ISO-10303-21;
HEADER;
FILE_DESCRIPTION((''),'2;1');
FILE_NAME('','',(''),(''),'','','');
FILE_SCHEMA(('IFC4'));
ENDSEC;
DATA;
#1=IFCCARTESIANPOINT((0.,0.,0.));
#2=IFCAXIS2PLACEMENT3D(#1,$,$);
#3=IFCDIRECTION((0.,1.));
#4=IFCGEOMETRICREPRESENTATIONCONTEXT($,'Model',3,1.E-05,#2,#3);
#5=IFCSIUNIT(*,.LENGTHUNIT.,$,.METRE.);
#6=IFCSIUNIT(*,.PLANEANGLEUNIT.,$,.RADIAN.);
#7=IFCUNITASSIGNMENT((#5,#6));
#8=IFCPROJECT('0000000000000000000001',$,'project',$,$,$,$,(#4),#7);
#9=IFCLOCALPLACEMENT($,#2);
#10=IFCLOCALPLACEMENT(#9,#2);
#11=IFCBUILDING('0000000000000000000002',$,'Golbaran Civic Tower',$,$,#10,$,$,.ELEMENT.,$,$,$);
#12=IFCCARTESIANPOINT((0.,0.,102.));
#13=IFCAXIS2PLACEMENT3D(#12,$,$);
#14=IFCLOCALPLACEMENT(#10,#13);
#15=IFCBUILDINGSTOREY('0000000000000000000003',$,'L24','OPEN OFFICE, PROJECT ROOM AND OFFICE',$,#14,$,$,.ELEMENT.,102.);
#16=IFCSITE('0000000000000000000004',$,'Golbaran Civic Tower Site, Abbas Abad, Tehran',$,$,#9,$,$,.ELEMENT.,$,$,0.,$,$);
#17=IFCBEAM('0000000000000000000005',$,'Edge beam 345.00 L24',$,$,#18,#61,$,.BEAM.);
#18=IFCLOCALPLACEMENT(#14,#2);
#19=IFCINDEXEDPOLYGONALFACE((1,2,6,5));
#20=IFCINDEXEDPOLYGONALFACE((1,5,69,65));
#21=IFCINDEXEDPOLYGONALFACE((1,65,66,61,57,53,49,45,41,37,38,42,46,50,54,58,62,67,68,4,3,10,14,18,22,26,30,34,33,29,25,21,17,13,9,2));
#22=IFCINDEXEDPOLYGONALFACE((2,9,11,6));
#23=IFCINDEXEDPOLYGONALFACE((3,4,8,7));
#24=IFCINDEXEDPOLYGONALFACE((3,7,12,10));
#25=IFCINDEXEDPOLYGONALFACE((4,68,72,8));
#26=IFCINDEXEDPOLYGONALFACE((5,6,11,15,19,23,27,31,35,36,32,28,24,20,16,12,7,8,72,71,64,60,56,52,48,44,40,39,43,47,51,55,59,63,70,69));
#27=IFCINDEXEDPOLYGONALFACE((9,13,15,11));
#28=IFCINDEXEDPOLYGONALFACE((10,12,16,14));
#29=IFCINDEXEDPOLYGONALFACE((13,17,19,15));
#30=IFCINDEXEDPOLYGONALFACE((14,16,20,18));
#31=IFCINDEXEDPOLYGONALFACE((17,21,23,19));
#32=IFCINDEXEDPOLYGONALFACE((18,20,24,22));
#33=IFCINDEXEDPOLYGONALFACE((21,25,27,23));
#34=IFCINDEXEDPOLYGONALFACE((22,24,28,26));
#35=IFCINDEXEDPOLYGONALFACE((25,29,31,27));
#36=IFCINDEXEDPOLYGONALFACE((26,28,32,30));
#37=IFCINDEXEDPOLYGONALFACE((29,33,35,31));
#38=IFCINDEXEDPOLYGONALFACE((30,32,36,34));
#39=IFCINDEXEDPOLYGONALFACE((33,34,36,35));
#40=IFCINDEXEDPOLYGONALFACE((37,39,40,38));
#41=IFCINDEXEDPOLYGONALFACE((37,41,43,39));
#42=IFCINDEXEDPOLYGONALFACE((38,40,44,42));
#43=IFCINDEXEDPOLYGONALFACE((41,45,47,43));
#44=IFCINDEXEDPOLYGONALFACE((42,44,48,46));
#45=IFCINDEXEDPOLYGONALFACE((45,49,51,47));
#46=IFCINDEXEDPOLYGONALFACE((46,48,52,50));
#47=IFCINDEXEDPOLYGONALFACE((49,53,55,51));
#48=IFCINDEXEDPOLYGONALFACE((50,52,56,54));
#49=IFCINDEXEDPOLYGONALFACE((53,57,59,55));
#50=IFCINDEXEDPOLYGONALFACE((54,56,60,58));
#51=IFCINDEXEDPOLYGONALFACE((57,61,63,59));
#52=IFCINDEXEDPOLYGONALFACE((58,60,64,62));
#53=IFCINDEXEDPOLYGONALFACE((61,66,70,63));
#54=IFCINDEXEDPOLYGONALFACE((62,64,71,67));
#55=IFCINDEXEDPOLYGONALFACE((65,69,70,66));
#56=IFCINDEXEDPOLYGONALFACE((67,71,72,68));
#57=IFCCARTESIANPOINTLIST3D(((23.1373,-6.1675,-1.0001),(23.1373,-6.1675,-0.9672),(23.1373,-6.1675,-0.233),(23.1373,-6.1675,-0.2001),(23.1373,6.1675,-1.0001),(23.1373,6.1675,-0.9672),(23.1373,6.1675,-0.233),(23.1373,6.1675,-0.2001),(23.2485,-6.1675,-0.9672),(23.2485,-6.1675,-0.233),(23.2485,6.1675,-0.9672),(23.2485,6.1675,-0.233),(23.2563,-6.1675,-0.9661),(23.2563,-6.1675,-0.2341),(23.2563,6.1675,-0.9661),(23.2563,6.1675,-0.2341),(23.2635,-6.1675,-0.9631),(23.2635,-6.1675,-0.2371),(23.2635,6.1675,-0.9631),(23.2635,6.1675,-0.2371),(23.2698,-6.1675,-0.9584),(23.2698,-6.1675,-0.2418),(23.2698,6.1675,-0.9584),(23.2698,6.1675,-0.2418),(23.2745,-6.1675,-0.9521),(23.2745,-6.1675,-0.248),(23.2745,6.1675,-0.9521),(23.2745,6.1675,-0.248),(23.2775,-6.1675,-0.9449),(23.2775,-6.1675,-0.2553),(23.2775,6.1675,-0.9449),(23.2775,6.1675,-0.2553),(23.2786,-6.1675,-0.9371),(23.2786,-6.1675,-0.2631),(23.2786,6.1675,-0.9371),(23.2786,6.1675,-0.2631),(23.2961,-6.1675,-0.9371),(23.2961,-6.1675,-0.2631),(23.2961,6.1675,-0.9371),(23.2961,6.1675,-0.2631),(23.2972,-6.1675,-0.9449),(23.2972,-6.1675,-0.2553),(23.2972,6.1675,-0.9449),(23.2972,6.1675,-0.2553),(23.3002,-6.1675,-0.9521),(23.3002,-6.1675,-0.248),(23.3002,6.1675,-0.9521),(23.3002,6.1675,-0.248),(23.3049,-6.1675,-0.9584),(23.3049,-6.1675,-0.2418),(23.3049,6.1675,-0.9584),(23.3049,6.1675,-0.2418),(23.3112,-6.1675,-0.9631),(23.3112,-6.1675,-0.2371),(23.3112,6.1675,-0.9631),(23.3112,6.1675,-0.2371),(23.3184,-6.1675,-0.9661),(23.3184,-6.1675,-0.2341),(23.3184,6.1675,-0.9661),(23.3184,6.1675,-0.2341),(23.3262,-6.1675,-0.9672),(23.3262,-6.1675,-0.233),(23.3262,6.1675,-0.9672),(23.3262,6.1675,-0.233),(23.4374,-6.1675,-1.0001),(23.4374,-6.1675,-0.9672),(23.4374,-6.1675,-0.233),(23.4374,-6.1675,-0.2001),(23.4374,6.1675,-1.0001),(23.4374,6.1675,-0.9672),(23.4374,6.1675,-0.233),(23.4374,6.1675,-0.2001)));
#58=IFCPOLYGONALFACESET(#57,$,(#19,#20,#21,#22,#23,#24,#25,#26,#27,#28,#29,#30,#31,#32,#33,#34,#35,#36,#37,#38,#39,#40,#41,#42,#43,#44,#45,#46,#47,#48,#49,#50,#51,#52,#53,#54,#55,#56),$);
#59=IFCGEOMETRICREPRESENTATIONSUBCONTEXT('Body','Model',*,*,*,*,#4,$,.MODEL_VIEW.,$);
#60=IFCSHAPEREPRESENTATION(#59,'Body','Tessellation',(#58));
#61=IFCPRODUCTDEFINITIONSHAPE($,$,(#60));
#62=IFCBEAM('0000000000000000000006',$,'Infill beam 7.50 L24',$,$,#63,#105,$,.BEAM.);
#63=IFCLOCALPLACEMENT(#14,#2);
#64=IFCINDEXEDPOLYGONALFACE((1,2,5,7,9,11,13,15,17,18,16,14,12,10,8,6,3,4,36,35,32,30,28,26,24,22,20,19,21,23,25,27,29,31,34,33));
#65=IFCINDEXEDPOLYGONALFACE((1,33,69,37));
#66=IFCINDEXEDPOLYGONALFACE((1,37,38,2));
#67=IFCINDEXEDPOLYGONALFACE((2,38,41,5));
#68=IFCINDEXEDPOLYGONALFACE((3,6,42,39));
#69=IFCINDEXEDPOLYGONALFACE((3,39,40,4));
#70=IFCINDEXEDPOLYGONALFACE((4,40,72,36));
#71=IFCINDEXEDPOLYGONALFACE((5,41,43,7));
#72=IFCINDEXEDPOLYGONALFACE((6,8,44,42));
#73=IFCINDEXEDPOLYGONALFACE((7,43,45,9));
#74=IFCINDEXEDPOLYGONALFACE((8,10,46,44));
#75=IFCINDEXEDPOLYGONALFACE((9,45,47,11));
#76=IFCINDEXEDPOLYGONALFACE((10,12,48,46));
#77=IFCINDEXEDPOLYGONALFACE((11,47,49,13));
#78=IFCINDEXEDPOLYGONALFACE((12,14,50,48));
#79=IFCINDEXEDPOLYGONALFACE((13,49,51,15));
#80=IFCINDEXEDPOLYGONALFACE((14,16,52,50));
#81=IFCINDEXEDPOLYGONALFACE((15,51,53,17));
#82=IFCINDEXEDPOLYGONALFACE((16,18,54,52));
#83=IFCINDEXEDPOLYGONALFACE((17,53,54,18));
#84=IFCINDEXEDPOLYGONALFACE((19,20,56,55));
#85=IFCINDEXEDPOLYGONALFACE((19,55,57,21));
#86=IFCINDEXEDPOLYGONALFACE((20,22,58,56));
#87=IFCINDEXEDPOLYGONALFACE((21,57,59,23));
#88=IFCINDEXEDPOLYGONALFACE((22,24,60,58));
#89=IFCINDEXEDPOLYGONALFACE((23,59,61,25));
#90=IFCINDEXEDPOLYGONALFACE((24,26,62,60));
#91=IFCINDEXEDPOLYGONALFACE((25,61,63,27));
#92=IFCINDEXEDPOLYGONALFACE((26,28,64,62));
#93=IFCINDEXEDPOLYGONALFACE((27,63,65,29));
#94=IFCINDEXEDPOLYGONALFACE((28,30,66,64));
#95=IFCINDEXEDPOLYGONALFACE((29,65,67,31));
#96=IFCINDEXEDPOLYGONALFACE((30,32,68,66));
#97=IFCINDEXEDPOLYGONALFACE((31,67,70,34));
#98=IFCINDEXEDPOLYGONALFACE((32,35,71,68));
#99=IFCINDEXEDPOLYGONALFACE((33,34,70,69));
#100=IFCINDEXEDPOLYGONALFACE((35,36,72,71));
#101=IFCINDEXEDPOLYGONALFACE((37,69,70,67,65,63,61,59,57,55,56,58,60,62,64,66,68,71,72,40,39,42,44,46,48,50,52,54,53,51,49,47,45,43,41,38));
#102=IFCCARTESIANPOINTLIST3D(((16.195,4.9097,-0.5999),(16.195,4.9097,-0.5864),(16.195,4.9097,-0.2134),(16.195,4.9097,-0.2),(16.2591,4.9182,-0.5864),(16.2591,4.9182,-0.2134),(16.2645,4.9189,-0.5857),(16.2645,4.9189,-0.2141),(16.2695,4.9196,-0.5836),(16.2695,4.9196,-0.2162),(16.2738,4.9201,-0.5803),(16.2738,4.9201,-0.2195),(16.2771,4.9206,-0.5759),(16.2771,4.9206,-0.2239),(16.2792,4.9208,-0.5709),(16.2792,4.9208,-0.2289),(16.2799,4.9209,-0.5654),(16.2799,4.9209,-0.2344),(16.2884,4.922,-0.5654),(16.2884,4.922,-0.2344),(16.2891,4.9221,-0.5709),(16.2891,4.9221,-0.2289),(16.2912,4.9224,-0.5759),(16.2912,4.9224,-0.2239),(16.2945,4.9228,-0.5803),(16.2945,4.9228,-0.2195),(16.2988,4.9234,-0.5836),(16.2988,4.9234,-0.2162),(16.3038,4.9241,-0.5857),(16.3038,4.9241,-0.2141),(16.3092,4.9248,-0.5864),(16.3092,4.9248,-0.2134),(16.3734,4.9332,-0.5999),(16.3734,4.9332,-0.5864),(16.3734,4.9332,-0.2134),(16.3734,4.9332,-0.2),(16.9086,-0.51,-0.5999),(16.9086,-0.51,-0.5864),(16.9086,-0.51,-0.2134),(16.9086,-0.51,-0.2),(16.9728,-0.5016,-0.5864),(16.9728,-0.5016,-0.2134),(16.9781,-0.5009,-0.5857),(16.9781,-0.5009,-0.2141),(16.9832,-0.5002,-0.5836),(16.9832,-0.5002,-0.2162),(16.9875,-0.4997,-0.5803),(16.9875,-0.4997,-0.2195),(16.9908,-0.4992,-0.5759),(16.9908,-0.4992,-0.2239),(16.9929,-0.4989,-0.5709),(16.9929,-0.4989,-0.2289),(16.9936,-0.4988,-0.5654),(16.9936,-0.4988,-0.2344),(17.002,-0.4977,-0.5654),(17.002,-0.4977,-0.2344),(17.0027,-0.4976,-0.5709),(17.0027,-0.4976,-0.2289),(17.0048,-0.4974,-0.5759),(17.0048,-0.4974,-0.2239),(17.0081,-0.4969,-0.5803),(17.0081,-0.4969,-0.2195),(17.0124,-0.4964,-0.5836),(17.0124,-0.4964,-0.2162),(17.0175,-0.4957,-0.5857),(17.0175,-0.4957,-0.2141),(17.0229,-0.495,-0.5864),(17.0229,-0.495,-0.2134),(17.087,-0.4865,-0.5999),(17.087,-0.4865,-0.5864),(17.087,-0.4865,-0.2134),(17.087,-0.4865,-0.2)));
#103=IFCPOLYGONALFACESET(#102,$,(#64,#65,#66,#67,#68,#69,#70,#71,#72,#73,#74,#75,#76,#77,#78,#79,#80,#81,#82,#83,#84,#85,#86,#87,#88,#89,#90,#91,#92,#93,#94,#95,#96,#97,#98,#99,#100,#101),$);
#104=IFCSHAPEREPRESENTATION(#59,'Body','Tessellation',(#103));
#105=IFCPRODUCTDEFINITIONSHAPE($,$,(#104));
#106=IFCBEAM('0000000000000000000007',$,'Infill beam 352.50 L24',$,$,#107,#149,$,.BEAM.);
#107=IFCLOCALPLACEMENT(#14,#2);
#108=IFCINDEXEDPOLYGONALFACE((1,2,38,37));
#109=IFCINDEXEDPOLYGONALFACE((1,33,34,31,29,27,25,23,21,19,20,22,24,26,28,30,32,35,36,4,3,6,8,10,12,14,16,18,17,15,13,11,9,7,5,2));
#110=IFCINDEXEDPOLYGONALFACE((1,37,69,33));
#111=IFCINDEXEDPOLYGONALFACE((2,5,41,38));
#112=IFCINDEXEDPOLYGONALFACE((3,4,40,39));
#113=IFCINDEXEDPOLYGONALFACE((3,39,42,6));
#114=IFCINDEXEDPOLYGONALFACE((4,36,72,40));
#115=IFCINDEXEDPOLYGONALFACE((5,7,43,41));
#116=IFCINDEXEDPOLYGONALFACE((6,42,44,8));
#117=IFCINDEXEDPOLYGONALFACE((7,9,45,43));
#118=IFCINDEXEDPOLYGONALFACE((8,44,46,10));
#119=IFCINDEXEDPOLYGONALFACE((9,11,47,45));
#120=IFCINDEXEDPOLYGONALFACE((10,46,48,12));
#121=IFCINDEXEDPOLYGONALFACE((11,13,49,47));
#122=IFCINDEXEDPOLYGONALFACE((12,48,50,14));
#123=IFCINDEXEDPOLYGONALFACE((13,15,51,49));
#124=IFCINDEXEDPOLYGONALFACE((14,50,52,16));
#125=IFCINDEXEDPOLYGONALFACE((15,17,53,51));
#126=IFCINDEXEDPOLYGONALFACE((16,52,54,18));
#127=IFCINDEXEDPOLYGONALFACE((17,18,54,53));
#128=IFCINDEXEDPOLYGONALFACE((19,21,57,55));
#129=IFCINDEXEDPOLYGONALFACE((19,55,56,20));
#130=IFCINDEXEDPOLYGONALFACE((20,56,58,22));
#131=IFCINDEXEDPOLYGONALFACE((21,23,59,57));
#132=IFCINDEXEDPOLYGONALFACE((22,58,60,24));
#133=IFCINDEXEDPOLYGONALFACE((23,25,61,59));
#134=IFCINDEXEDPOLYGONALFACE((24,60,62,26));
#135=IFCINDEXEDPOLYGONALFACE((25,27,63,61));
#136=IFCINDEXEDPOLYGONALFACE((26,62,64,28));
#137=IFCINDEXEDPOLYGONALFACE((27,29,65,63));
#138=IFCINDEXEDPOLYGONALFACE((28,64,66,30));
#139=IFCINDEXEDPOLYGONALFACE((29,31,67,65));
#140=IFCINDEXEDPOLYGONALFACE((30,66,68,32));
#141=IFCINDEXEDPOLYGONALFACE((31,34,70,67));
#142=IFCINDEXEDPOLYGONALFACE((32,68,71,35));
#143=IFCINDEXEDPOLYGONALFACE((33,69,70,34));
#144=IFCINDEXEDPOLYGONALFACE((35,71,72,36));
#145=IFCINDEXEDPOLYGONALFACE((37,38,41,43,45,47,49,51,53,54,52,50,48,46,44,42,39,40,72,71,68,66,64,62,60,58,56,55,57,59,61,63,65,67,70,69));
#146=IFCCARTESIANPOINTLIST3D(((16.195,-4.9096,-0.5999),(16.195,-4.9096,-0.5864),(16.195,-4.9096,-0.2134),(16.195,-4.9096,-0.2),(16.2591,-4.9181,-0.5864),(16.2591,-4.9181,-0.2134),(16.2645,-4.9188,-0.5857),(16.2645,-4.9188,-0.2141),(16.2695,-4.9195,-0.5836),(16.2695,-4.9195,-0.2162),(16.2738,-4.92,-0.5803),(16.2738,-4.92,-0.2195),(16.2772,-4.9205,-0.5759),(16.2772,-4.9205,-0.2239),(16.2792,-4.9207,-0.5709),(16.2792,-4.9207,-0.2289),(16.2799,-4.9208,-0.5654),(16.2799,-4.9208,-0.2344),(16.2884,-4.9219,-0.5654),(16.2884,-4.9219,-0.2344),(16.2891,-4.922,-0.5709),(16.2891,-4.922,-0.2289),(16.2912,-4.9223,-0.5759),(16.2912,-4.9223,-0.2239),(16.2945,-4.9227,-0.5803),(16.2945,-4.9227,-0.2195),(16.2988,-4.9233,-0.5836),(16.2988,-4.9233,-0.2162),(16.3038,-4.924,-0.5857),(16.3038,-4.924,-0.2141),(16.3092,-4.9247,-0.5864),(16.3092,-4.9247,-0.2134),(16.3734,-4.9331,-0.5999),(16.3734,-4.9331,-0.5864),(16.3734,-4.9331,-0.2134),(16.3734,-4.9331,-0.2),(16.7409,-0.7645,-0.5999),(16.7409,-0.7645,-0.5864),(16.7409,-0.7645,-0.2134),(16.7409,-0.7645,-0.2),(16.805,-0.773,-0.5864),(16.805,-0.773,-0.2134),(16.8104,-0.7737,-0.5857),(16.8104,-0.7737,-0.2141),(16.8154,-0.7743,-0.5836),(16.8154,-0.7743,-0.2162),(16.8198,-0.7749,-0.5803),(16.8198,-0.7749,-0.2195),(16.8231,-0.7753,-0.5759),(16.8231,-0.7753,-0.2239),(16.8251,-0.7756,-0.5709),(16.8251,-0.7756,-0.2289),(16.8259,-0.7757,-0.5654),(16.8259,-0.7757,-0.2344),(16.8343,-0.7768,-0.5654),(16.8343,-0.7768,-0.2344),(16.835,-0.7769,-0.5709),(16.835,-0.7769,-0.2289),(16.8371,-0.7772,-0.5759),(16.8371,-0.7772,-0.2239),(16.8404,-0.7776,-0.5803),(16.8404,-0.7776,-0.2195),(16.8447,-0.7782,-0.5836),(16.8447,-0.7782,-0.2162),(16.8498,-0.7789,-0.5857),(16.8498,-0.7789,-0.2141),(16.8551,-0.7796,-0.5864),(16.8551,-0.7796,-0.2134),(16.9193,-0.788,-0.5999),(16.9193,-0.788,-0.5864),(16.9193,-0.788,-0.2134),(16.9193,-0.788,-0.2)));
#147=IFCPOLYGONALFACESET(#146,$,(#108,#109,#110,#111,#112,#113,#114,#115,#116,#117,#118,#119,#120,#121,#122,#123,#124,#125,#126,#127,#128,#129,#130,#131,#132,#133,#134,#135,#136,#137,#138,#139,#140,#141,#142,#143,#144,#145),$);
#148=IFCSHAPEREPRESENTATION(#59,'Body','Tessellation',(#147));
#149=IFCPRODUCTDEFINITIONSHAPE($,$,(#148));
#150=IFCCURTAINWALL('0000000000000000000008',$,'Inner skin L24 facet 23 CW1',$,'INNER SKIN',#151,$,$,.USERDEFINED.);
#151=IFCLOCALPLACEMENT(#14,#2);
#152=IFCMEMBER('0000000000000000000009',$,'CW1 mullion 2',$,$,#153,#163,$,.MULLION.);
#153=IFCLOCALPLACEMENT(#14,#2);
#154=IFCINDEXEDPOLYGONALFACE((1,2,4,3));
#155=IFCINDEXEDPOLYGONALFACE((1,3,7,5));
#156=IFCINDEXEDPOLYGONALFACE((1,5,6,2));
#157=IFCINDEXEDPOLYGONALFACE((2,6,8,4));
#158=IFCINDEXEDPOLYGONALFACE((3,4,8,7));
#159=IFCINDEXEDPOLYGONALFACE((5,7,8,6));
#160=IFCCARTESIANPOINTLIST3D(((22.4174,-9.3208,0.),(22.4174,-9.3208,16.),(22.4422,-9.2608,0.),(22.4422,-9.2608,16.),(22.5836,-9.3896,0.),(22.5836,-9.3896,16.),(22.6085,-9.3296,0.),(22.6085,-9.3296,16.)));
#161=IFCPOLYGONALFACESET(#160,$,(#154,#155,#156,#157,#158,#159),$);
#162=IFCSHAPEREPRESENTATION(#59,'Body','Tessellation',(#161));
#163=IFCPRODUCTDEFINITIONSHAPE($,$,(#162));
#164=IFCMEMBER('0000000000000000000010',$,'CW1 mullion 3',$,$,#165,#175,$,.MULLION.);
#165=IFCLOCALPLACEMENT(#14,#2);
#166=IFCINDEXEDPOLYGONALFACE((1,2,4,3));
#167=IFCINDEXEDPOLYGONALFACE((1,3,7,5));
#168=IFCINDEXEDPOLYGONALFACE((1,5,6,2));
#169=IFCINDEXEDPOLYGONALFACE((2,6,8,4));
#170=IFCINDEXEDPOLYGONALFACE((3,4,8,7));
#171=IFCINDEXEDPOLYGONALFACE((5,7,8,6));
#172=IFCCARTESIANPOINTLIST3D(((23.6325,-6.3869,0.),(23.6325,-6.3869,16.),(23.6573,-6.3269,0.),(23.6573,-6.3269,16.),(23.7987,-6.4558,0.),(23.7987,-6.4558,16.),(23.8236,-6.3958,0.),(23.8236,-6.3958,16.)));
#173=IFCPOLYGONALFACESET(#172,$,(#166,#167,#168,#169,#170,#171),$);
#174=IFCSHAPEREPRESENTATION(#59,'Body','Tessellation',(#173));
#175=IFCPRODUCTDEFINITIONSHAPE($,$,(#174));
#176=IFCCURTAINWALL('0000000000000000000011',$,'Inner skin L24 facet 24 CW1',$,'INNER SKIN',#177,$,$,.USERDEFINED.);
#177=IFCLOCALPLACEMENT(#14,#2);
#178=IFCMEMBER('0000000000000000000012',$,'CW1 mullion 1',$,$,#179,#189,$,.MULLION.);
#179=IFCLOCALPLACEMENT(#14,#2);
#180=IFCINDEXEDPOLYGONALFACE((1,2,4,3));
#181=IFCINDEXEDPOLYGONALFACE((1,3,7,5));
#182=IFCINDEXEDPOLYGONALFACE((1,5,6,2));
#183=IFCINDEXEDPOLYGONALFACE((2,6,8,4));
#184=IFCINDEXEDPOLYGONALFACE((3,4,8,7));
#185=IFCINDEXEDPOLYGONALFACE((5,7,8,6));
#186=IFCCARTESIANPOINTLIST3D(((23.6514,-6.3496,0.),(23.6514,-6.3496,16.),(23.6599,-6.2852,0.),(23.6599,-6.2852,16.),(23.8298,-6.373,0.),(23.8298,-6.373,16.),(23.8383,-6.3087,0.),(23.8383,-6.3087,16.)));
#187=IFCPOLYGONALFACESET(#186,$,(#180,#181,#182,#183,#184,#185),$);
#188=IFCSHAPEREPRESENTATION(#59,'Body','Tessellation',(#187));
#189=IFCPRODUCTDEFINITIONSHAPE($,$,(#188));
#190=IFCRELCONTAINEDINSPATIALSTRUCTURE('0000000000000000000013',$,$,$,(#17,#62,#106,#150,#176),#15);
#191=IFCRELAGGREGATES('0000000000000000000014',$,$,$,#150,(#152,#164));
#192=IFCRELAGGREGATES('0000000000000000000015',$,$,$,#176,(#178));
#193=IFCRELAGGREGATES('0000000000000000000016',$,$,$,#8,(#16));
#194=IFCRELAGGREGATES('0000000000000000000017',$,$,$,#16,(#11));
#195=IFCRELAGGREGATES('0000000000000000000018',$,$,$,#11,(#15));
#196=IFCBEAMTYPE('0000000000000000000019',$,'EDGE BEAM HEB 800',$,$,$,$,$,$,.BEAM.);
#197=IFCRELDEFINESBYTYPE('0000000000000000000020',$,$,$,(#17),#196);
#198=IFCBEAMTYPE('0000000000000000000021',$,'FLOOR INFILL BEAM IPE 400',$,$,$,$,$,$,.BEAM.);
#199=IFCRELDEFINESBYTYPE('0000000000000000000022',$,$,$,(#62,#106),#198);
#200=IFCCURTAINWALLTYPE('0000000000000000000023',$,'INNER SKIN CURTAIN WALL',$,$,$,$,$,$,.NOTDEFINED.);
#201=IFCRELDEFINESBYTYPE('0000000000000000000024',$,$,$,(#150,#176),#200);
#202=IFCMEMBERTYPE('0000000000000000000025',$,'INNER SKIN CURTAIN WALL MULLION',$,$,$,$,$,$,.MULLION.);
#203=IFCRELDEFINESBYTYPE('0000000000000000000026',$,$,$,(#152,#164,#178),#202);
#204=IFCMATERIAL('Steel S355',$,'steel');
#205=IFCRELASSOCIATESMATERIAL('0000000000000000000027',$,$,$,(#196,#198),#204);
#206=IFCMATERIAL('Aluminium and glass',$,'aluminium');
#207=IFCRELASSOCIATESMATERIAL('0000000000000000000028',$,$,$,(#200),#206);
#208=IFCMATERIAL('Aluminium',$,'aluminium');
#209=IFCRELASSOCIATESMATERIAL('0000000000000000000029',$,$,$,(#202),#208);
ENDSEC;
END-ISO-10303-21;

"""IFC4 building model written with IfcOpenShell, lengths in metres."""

from ifc_helpers import new_model, si_unit, direction, frame, origin, origin_2d, place, context, subcontext, project, spatial, rectangle, i_section, extrude, material, material_profile, profile_set, type_object, element, aggregate, save


model = new_model("IFC4")

# Units and contexts
model_context = context("Model", 3, precision=1e-05, world=origin(), true_north=direction((0.0, 1.0)))
body_context = subcontext(model_context, "Body", "Model", "MODEL_VIEW")
ifc_project = project(units=[si_unit("LENGTHUNIT", "METRE"), si_unit("PLANEANGLEUNIT", "RADIAN")], contexts=[model_context])

# Site, building, storey
site_placement = place(None, origin())
site = spatial("IfcSite", under=ifc_project, at=site_placement, Name="Golbaran Civic Tower Site, Abbas Abad, Tehran", CompositionType="ELEMENT", RefElevation=0.0)
building_placement = place(site_placement, origin())
building = spatial("IfcBuilding", under=site, at=building_placement, Name="Golbaran Civic Tower", CompositionType="ELEMENT")
storey_placement = place(building_placement, frame((0.0, 0.0, 102.0)))
storey = spatial("IfcBuildingStorey", under=building, at=storey_placement, Name="L24", Description="OPEN OFFICE, PROJECT ROOM AND OFFICE", CompositionType="ELEMENT", Elevation=102.0)

# Beams
ifc_material_1 = material(Name="Steel S355", Category="steel")
ifc_material_profile_1 = material_profile(ifc_material_1, i_section(OverallWidth=0.3, OverallDepth=0.8, WebThickness=0.0176, FlangeThickness=0.033, FilletRadius=0.03, at=origin_2d()), Name="HEB 800")
ifc_profile_set_1 = profile_set([ifc_material_profile_1], Name="Steel S355")
beam_type_1 = type_object("IfcBeamType", Name="EDGE BEAM HEB 800", PredefinedType="BEAM", material=ifc_profile_set_1)
beam_1_placement = place(storey_placement, frame((23.2874, -6.1675, -0.6001), z_axis=(0.0, 1.0, 0.0), x_axis=(-1.0, 0.0, 0.0)))
element("IfcBeam", 1, at=beam_1_placement, inside=storey, type_object=beam_type_1, Name="Edge beam 345.00 L24", PredefinedType="BEAM", context=body_context, shape_type="SweptSolid", body=[
    extrude(i_section(OverallWidth=0.3, OverallDepth=0.8, WebThickness=0.0176, FlangeThickness=0.033, FilletRadius=0.03, at=origin_2d()), origin(), (0.0, 0.0, 1.0), 12.335),
])
ifc_material_profile_2 = material_profile(ifc_material_1, i_section(OverallWidth=0.1799, OverallDepth=0.3999, WebThickness=0.0085, FlangeThickness=0.0134, FilletRadius=0.021, at=origin_2d()), Name="IPE 400")
ifc_profile_set_2 = profile_set([ifc_material_profile_2], Name="Steel S355")
beam_type_2 = type_object("IfcBeamType", Name="FLOOR INFILL BEAM IPE 400", PredefinedType="BEAM", material=ifc_profile_set_2)
beam_2_placement = place(storey_placement, frame((16.9978, -0.4983, -0.3999), z_axis=(-0.130546, 0.991442, 0.0), x_axis=(-0.991442, -0.130546, 0.0)))
element("IfcBeam", 2, at=beam_2_placement, inside=storey, type_object=beam_type_2, Name="Infill beam 7.50 L24", PredefinedType="BEAM", context=body_context, shape_type="SweptSolid", body=[
    extrude(i_section(OverallWidth=0.1799, OverallDepth=0.3999, WebThickness=0.0085, FlangeThickness=0.0134, FilletRadius=0.021, at=origin_2d()), origin(), (0.0, 0.0, 1.0), 5.4666),
])
beam_3_placement = place(storey_placement, frame((16.2842, -4.9214, -0.3999), z_axis=(0.130572, 0.991439, 0.0), x_axis=(-0.991439, 0.130572, 0.0)))
element("IfcBeam", 3, at=beam_3_placement, inside=storey, type_object=beam_type_2, Name="Infill beam 352.50 L24", PredefinedType="BEAM", context=body_context, shape_type="SweptSolid", body=[
    extrude(i_section(OverallWidth=0.1799, OverallDepth=0.3999, WebThickness=0.0085, FlangeThickness=0.0134, FilletRadius=0.021, at=origin_2d()), origin(), (0.0, 0.0, 1.0), 4.1809),
])

# Curtain wall, members
ifc_material_2 = material(Name="Aluminium and glass", Category="aluminium")
curtain_wall_type = type_object("IfcCurtainWallType", Name="INNER SKIN CURTAIN WALL", PredefinedType="NOTDEFINED", material=ifc_material_2)
curtain_wall_1_placement = place(storey_placement, origin())
curtain_wall_1 = element("IfcCurtainWall", 4, at=curtain_wall_1_placement, inside=storey, type_object=curtain_wall_type, Name="Inner skin L24 facet 23 CW1", ObjectType="INNER SKIN", PredefinedType="USERDEFINED")
ifc_material_3 = material(Name="Aluminium", Category="aluminium")
ifc_material_profile_3 = material_profile(ifc_material_3, rectangle(XDim=0.1799, YDim=0.0649, at=origin_2d()), Name="INNER SKIN CURTAIN WALL MULLION")
ifc_profile_set_3 = profile_set([ifc_material_profile_3], Name="Aluminium")
member_type_1 = type_object("IfcMemberType", Name="INNER SKIN CURTAIN WALL MULLION", PredefinedType="MULLION", material=ifc_profile_set_3)
member_1_placement = place(storey_placement, frame((22.5129, -9.3252, 0.0), z_axis=(0.0, 0.0, 1.0), x_axis=(-0.92388, 0.382683, 0.0)))
member_1 = element("IfcMember", 5, at=member_1_placement, type_object=member_type_1, Name="CW1 mullion 2", PredefinedType="MULLION", context=body_context, shape_type="SweptSolid", body=[
    extrude(rectangle(XDim=0.1799, YDim=0.0649, at=origin_2d()), origin(), (0.0, 0.0, 1.0), 16.0),
])
member_2_placement = place(storey_placement, frame((23.728, -6.3914, 0.0), z_axis=(0.0, 0.0, 1.0), x_axis=(-0.92388, 0.382683, 0.0)))
member_2 = element("IfcMember", 6, at=member_2_placement, type_object=member_type_1, Name="CW1 mullion 3", PredefinedType="MULLION", context=body_context, shape_type="SweptSolid", body=[
    extrude(rectangle(XDim=0.1799, YDim=0.0649, at=origin_2d()), origin(), (0.0, 0.0, 1.0), 16.0),
])

# Curtain wall, member
curtain_wall_2_placement = place(storey_placement, origin())
curtain_wall_2 = element("IfcCurtainWall", 7, at=curtain_wall_2_placement, inside=storey, type_object=curtain_wall_type, Name="Inner skin L24 facet 24 CW1", ObjectType="INNER SKIN", PredefinedType="USERDEFINED")
member_3_placement = place(storey_placement, frame((23.7449, -6.3291, 0.0), z_axis=(0.0, 0.0, 1.0), x_axis=(-0.991445, 0.130526, 0.0)))
member_3 = element("IfcMember", 8, at=member_3_placement, type_object=member_type_1, Name="CW1 mullion 1", PredefinedType="MULLION", context=body_context, shape_type="SweptSolid", body=[
    extrude(rectangle(XDim=0.1799, YDim=0.0649, at=origin_2d()), origin(), (0.0, 0.0, 1.0), 16.0),
])

aggregate(curtain_wall_1, [member_1, member_2])
aggregate(curtain_wall_2, [member_3])

save(model, "model.ifc")
